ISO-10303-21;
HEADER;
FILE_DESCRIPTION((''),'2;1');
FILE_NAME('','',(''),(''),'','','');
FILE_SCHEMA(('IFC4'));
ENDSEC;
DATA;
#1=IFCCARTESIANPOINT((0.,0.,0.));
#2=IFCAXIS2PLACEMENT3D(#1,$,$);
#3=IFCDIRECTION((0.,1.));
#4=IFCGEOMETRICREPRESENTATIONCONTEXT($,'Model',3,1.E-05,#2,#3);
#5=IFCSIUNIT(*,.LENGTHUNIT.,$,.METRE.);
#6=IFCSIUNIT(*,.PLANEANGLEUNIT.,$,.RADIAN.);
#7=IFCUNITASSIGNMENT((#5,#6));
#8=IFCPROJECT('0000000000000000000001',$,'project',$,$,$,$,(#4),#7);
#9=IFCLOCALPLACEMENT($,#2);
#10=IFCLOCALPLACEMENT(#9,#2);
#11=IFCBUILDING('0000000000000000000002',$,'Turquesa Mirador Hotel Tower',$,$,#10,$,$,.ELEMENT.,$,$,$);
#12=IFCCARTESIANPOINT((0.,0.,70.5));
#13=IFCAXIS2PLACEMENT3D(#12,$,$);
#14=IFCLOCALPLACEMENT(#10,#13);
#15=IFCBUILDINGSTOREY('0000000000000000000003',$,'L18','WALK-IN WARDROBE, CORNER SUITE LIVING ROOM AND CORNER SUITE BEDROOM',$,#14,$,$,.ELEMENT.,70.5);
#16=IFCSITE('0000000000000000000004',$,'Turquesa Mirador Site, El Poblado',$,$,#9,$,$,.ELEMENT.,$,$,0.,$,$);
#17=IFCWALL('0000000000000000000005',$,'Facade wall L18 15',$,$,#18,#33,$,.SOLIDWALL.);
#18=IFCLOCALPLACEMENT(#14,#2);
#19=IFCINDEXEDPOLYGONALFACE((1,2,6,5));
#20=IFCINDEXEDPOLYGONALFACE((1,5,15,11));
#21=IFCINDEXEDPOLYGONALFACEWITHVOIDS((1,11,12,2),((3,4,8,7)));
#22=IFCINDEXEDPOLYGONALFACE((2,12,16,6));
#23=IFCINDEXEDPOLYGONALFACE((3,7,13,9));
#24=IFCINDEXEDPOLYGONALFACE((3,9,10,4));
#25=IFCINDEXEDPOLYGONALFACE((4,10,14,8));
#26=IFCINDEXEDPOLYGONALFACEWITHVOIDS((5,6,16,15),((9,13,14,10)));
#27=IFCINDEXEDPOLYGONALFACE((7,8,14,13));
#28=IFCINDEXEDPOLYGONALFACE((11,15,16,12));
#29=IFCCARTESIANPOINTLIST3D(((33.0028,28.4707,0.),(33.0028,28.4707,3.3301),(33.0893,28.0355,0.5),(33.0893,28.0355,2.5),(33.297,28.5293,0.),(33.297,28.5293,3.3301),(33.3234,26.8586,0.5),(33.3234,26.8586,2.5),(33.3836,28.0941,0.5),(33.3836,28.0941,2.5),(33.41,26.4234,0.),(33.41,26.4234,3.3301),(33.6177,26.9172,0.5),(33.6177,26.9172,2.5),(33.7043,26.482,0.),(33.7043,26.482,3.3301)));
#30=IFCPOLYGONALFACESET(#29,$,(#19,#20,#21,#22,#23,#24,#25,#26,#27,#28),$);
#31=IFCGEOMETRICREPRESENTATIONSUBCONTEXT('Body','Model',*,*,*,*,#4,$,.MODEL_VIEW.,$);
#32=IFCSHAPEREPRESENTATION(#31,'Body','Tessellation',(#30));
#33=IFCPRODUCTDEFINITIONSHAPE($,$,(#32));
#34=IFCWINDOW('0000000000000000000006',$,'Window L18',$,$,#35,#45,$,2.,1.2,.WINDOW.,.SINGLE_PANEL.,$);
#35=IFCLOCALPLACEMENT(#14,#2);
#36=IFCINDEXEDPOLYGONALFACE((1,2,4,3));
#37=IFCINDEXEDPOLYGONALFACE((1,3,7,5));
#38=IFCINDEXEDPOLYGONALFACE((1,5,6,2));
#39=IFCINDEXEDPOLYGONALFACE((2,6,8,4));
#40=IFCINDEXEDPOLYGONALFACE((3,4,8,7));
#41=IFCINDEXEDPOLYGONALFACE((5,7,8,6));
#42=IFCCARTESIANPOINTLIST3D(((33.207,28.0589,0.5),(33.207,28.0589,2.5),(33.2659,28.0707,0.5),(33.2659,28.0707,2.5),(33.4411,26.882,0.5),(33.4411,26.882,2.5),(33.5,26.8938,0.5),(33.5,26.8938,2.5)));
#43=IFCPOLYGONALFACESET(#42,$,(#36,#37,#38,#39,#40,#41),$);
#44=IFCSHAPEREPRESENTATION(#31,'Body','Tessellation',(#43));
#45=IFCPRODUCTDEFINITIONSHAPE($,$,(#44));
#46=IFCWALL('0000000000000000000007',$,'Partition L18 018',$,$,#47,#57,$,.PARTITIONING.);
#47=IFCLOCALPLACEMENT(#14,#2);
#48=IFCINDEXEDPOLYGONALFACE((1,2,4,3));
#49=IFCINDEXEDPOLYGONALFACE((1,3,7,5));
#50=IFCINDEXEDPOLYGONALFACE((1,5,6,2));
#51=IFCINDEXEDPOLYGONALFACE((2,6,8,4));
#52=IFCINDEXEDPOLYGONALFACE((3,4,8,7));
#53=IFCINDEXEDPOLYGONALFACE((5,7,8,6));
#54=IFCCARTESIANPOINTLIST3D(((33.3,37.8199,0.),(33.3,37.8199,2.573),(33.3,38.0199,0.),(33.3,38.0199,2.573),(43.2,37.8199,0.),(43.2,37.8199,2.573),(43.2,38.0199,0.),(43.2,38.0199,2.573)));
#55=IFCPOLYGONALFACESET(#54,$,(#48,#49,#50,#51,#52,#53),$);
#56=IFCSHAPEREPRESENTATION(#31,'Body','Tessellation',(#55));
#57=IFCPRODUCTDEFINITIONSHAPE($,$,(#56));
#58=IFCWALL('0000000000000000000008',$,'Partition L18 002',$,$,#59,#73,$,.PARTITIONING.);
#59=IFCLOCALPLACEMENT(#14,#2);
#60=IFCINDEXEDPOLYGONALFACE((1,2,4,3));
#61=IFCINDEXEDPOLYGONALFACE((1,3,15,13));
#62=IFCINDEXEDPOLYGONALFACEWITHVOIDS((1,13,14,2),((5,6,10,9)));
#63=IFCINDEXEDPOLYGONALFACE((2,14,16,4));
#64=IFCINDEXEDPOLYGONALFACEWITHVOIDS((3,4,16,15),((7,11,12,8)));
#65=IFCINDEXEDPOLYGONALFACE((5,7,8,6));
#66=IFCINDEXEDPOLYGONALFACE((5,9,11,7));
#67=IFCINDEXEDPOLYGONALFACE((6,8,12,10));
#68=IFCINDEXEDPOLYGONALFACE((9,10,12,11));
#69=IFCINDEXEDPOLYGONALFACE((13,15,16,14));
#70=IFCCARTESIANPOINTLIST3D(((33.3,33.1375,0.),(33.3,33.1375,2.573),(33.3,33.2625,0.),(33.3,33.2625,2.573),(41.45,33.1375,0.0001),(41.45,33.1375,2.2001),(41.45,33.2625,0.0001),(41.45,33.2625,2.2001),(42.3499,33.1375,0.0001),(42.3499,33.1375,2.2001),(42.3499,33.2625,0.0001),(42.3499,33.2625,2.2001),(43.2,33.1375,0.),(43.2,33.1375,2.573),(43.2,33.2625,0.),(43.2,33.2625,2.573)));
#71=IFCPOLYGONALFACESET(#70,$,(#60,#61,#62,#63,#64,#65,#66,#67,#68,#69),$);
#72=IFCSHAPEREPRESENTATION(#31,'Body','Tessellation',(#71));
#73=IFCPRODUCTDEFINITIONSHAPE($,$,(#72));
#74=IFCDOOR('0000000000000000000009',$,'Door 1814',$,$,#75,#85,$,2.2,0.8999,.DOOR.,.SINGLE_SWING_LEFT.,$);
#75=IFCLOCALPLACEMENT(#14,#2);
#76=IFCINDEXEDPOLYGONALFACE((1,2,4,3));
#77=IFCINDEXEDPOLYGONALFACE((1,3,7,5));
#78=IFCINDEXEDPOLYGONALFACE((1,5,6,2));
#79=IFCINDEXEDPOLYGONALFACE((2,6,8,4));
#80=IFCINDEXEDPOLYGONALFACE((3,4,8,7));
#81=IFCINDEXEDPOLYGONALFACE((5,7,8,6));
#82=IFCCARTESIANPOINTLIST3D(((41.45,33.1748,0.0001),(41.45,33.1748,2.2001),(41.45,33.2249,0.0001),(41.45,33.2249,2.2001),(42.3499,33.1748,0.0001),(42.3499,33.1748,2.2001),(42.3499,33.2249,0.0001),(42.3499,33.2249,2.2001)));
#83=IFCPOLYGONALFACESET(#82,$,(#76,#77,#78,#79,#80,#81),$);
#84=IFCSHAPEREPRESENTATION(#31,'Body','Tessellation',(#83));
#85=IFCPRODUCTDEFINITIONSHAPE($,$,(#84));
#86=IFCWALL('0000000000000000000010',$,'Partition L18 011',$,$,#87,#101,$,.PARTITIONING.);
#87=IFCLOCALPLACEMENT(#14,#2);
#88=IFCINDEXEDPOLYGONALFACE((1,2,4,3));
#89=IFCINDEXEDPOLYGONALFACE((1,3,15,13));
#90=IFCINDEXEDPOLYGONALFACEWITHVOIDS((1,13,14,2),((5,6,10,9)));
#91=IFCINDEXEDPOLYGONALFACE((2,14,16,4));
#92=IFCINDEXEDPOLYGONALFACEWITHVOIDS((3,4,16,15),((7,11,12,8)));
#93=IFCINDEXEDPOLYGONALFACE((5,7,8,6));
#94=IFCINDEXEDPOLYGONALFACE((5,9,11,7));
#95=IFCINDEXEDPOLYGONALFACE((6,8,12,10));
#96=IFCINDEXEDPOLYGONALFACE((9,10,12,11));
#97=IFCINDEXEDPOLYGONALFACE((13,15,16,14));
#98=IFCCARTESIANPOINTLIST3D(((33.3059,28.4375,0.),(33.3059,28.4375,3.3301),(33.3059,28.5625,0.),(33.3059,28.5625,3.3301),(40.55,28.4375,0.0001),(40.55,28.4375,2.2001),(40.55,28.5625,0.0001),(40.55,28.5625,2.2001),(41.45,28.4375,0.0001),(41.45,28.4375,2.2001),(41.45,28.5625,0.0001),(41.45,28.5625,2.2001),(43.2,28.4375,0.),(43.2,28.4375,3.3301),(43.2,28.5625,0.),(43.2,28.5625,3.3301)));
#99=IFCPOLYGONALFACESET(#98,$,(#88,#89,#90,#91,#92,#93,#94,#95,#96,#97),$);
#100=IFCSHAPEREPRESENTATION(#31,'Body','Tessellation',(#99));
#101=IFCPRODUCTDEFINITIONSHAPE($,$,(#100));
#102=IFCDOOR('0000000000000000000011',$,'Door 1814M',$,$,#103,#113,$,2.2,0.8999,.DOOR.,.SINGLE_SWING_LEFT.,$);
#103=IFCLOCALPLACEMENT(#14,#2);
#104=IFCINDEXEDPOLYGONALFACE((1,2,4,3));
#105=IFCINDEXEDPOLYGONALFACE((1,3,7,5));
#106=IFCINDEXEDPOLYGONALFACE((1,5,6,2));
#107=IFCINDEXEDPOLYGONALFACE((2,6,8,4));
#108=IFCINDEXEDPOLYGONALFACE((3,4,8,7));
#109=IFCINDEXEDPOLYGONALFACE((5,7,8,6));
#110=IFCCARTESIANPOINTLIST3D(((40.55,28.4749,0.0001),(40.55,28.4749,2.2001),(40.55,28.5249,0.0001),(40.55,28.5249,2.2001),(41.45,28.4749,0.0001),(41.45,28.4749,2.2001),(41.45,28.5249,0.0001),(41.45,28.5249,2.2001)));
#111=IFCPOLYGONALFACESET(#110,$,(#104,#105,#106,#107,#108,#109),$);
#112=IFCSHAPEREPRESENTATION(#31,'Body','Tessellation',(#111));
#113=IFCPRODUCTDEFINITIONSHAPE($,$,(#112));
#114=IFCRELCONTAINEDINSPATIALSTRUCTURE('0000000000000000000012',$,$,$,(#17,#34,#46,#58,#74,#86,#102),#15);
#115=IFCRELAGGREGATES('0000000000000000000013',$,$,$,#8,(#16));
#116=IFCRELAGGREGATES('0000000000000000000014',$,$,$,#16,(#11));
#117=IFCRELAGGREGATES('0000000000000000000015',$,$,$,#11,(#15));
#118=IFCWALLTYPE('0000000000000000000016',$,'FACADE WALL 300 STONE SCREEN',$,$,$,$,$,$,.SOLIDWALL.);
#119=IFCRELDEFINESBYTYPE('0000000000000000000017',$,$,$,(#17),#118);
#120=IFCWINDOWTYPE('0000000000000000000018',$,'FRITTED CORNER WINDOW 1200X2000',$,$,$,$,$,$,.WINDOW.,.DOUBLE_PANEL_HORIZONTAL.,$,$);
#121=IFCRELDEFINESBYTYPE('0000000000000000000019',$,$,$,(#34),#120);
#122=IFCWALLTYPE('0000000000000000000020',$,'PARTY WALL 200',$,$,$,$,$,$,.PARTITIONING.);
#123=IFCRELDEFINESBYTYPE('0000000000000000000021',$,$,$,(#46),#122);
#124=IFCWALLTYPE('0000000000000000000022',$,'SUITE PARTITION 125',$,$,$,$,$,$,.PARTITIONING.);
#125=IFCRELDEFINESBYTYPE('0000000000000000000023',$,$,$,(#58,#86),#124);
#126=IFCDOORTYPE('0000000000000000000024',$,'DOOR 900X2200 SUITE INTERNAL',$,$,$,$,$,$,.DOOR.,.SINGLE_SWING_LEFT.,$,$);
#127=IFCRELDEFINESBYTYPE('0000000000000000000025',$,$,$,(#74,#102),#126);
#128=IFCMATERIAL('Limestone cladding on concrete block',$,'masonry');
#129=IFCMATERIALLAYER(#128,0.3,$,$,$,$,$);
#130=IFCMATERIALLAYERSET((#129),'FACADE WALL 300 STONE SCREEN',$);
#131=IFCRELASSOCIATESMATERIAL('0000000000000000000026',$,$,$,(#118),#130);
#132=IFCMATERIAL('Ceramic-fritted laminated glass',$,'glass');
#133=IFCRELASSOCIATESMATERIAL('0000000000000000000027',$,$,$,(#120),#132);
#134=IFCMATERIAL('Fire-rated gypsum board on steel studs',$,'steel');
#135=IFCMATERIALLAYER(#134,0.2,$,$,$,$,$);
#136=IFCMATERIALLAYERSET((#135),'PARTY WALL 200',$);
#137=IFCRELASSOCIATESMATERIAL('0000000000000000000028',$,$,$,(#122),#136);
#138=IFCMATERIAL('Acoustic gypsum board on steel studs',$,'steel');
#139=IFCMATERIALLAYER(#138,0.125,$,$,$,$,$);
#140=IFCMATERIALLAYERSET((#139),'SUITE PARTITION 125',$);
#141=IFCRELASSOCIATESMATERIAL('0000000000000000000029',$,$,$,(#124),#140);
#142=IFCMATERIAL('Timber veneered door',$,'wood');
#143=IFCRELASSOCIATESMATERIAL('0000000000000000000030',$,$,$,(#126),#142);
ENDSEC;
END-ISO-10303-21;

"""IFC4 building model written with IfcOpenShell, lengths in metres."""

from ifc_helpers import new_model, si_unit, direction, frame, frame_2d, origin, place, context, subcontext, project, spatial, rectangle, extrude, material, layer, layer_set, type_object, element, fill, save


model = new_model("IFC4")

# Units and contexts
model_context = context("Model", 3, precision=1e-05, world=origin(), true_north=direction((0.0, 1.0)))
body_context = subcontext(model_context, "Body", "Model", "MODEL_VIEW")
ifc_project = project(units=[si_unit("LENGTHUNIT", "METRE"), si_unit("PLANEANGLEUNIT", "RADIAN")], contexts=[model_context])

# Site, building, storey
site_placement = place(None, origin())
site = spatial("IfcSite", under=ifc_project, at=site_placement, Name="Turquesa Mirador Site, El Poblado", CompositionType="ELEMENT", RefElevation=0.0)
building_placement = place(site_placement, origin())
building = spatial("IfcBuilding", under=site, at=building_placement, Name="Turquesa Mirador Hotel Tower", CompositionType="ELEMENT")
storey_placement = place(building_placement, frame((0.0, 0.0, 70.5)))
storey = spatial("IfcBuildingStorey", under=building, at=storey_placement, Name="L18", Description="WALK-IN WARDROBE, CORNER SUITE LIVING ROOM AND CORNER SUITE BEDROOM", CompositionType="ELEMENT", Elevation=70.5)

# Wall, opening, window
ifc_material_1 = material(Name="Limestone cladding on concrete block", Category="masonry")
ifc_layer_1 = layer(ifc_material_1, 0.3)
ifc_layer_set_1 = layer_set([ifc_layer_1], Name="FACADE WALL 300 STONE SCREEN")
wall_type_1 = type_object("IfcWallType", Name="FACADE WALL 300 STONE SCREEN", PredefinedType="SOLIDWALL", material=ifc_layer_set_1)
wall_1_placement = place(storey_placement, frame((33.1499, 28.5, 0.0), z_axis=(0.0, 0.0, 1.0), x_axis=(0.195081, -0.980787, 0.0)))
wall_1 = element("IfcWall", 1, at=wall_1_placement, inside=storey, type_object=wall_type_1, Name="Facade wall L18 15", PredefinedType="SOLIDWALL", context=body_context, shape_type="SweptSolid", body=[
    extrude(rectangle(XDim=2.0874, YDim=0.3, at=frame_2d((1.0437, 0.0))), origin(), (0.0, 0.0, 1.0), 3.3301),
])
opening_1_placement = place(wall_1_placement, frame((0.4436, 0.0, 0.5)))
opening_1 = element("IfcOpeningElement", 2, at=opening_1_placement, cuts=wall_1, PredefinedType="OPENING", context=body_context, shape_type="SweptSolid", body=[
    extrude(rectangle(XDim=1.2, YDim=2.0, at=frame_2d((0.6001, 1.0))), frame((0.0, 0.1599, 0.0), z_axis=(0.0, -1.0, 0.0), x_axis=(1.0, 0.0, 0.0)), (0.0, 0.0, 1.0), 0.3201),
])
ifc_material_2 = material(Name="Ceramic-fritted laminated glass", Category="glass")
window_type = type_object("IfcWindowType", Name="FRITTED CORNER WINDOW 1200X2000", PartitioningType="DOUBLE_PANEL_HORIZONTAL", PredefinedType="WINDOW", material=ifc_material_2)
window_placement = place(opening_1_placement, origin())
window = element("IfcWindow", 3, at=window_placement, inside=storey, type_object=window_type, Name="Window L18", OverallHeight=2.0, OverallWidth=1.2, PartitioningType="SINGLE_PANEL", PredefinedType="WINDOW", context=body_context, shape_type="SweptSolid", body=[
    extrude(rectangle(XDim=1.2, YDim=2.0, at=frame_2d((0.6001, 1.0))), frame((0.0, 0.03, 0.0), z_axis=(0.0, -1.0, 0.0), x_axis=(1.0, 0.0, 0.0)), (0.0, 0.0, 1.0), 0.0601),
])
fill(opening_1, window)

# Wall
ifc_material_3 = material(Name="Fire-rated gypsum board on steel studs", Category="steel")
ifc_layer_2 = layer(ifc_material_3, 0.2)
ifc_layer_set_2 = layer_set([ifc_layer_2], Name="PARTY WALL 200")
wall_type_2 = type_object("IfcWallType", Name="PARTY WALL 200", PredefinedType="PARTITIONING", material=ifc_layer_set_2)
wall_2_placement = place(storey_placement, frame((33.3, 37.9199, 0.0), z_axis=(0.0, 0.0, 1.0), x_axis=(1.0, 0.0, 0.0)))
element("IfcWall", 4, at=wall_2_placement, inside=storey, type_object=wall_type_2, Name="Partition L18 018", PredefinedType="PARTITIONING", context=body_context, shape_type="SweptSolid", body=[
    extrude(rectangle(XDim=9.8999, YDim=0.2, at=frame_2d((4.95, 0.0))), origin(), (0.0, 0.0, 1.0), 2.573),
])

# Walls, openings, doors
ifc_material_4 = material(Name="Acoustic gypsum board on steel studs", Category="steel")
ifc_layer_3 = layer(ifc_material_4, 0.125)
ifc_layer_set_3 = layer_set([ifc_layer_3], Name="SUITE PARTITION 125")
wall_type_3 = type_object("IfcWallType", Name="SUITE PARTITION 125", PredefinedType="PARTITIONING", material=ifc_layer_set_3)
wall_3_placement = place(storey_placement, frame((33.3, 33.2, 0.0), z_axis=(0.0, 0.0, 1.0), x_axis=(1.0, 0.0, 0.0)))
wall_3 = element("IfcWall", 5, at=wall_3_placement, inside=storey, type_object=wall_type_3, Name="Partition L18 002", PredefinedType="PARTITIONING", context=body_context, shape_type="SweptSolid", body=[
    extrude(rectangle(XDim=9.8999, YDim=0.125, at=frame_2d((4.95, 0.0))), origin(), (0.0, 0.0, 1.0), 2.573),
])
opening_2_placement = place(wall_3_placement, frame((8.1499, 0.0, 0.0)))
opening_2 = element("IfcOpeningElement", 6, at=opening_2_placement, cuts=wall_3, PredefinedType="OPENING", context=body_context, shape_type="SweptSolid", body=[
    extrude(rectangle(XDim=0.8999, YDim=2.2, at=frame_2d((0.45, 1.1001))), frame((0.0, 0.0725, 0.0), z_axis=(0.0, -1.0, 0.0), x_axis=(1.0, 0.0, 0.0)), (0.0, 0.0, 1.0), 0.145),
])
ifc_material_5 = material(Name="Timber veneered door", Category="wood")
door_type = type_object("IfcDoorType", Name="DOOR 900X2200 SUITE INTERNAL", OperationType="SINGLE_SWING_LEFT", PredefinedType="DOOR", material=ifc_material_5)
door_1_placement = place(opening_2_placement, origin())
door_1 = element("IfcDoor", 7, at=door_1_placement, inside=storey, type_object=door_type, Name="Door 1814", OperationType="SINGLE_SWING_LEFT", OverallHeight=2.2, OverallWidth=0.8999, PredefinedType="DOOR", context=body_context, shape_type="SweptSolid", body=[
    extrude(rectangle(XDim=0.8999, YDim=2.2, at=frame_2d((0.45, 1.1001))), frame((0.0, 0.0249, 0.0), z_axis=(0.0, -1.0, 0.0), x_axis=(1.0, 0.0, 0.0)), (0.0, 0.0, 1.0), 0.05),
])
fill(opening_2, door_1)
wall_4_placement = place(storey_placement, frame((33.3059, 28.5, 0.0), z_axis=(0.0, 0.0, 1.0), x_axis=(1.0, 0.0, 0.0)))
wall_4 = element("IfcWall", 8, at=wall_4_placement, inside=storey, type_object=wall_type_3, Name="Partition L18 011", PredefinedType="PARTITIONING", context=body_context, shape_type="SweptSolid", body=[
    extrude(rectangle(XDim=9.894, YDim=0.125, at=frame_2d((4.947, 0.0))), origin(), (0.0, 0.0, 1.0), 3.3301),
])
opening_3_placement = place(wall_4_placement, frame((7.2441, 0.0, 0.0)))
opening_3 = element("IfcOpeningElement", 9, at=opening_3_placement, cuts=wall_4, PredefinedType="OPENING", context=body_context, shape_type="SweptSolid", body=[
    extrude(rectangle(XDim=0.8999, YDim=2.2, at=frame_2d((0.45, 1.1001))), frame((0.0, 0.0725, 0.0), z_axis=(0.0, -1.0, 0.0), x_axis=(1.0, 0.0, 0.0)), (0.0, 0.0, 1.0), 0.145),
])
door_2_placement = place(opening_3_placement, origin())
door_2 = element("IfcDoor", 10, at=door_2_placement, inside=storey, type_object=door_type, Name="Door 1814M", OperationType="SINGLE_SWING_LEFT", OverallHeight=2.2, OverallWidth=0.8999, PredefinedType="DOOR", context=body_context, shape_type="SweptSolid", body=[
    extrude(rectangle(XDim=0.8999, YDim=2.2, at=frame_2d((0.45, 1.1001))), frame((0.0, 0.0249, 0.0), z_axis=(0.0, -1.0, 0.0), x_axis=(1.0, 0.0, 0.0)), (0.0, 0.0, 1.0), 0.05),
])
fill(opening_3, door_2)

save(model, "model.ifc")
